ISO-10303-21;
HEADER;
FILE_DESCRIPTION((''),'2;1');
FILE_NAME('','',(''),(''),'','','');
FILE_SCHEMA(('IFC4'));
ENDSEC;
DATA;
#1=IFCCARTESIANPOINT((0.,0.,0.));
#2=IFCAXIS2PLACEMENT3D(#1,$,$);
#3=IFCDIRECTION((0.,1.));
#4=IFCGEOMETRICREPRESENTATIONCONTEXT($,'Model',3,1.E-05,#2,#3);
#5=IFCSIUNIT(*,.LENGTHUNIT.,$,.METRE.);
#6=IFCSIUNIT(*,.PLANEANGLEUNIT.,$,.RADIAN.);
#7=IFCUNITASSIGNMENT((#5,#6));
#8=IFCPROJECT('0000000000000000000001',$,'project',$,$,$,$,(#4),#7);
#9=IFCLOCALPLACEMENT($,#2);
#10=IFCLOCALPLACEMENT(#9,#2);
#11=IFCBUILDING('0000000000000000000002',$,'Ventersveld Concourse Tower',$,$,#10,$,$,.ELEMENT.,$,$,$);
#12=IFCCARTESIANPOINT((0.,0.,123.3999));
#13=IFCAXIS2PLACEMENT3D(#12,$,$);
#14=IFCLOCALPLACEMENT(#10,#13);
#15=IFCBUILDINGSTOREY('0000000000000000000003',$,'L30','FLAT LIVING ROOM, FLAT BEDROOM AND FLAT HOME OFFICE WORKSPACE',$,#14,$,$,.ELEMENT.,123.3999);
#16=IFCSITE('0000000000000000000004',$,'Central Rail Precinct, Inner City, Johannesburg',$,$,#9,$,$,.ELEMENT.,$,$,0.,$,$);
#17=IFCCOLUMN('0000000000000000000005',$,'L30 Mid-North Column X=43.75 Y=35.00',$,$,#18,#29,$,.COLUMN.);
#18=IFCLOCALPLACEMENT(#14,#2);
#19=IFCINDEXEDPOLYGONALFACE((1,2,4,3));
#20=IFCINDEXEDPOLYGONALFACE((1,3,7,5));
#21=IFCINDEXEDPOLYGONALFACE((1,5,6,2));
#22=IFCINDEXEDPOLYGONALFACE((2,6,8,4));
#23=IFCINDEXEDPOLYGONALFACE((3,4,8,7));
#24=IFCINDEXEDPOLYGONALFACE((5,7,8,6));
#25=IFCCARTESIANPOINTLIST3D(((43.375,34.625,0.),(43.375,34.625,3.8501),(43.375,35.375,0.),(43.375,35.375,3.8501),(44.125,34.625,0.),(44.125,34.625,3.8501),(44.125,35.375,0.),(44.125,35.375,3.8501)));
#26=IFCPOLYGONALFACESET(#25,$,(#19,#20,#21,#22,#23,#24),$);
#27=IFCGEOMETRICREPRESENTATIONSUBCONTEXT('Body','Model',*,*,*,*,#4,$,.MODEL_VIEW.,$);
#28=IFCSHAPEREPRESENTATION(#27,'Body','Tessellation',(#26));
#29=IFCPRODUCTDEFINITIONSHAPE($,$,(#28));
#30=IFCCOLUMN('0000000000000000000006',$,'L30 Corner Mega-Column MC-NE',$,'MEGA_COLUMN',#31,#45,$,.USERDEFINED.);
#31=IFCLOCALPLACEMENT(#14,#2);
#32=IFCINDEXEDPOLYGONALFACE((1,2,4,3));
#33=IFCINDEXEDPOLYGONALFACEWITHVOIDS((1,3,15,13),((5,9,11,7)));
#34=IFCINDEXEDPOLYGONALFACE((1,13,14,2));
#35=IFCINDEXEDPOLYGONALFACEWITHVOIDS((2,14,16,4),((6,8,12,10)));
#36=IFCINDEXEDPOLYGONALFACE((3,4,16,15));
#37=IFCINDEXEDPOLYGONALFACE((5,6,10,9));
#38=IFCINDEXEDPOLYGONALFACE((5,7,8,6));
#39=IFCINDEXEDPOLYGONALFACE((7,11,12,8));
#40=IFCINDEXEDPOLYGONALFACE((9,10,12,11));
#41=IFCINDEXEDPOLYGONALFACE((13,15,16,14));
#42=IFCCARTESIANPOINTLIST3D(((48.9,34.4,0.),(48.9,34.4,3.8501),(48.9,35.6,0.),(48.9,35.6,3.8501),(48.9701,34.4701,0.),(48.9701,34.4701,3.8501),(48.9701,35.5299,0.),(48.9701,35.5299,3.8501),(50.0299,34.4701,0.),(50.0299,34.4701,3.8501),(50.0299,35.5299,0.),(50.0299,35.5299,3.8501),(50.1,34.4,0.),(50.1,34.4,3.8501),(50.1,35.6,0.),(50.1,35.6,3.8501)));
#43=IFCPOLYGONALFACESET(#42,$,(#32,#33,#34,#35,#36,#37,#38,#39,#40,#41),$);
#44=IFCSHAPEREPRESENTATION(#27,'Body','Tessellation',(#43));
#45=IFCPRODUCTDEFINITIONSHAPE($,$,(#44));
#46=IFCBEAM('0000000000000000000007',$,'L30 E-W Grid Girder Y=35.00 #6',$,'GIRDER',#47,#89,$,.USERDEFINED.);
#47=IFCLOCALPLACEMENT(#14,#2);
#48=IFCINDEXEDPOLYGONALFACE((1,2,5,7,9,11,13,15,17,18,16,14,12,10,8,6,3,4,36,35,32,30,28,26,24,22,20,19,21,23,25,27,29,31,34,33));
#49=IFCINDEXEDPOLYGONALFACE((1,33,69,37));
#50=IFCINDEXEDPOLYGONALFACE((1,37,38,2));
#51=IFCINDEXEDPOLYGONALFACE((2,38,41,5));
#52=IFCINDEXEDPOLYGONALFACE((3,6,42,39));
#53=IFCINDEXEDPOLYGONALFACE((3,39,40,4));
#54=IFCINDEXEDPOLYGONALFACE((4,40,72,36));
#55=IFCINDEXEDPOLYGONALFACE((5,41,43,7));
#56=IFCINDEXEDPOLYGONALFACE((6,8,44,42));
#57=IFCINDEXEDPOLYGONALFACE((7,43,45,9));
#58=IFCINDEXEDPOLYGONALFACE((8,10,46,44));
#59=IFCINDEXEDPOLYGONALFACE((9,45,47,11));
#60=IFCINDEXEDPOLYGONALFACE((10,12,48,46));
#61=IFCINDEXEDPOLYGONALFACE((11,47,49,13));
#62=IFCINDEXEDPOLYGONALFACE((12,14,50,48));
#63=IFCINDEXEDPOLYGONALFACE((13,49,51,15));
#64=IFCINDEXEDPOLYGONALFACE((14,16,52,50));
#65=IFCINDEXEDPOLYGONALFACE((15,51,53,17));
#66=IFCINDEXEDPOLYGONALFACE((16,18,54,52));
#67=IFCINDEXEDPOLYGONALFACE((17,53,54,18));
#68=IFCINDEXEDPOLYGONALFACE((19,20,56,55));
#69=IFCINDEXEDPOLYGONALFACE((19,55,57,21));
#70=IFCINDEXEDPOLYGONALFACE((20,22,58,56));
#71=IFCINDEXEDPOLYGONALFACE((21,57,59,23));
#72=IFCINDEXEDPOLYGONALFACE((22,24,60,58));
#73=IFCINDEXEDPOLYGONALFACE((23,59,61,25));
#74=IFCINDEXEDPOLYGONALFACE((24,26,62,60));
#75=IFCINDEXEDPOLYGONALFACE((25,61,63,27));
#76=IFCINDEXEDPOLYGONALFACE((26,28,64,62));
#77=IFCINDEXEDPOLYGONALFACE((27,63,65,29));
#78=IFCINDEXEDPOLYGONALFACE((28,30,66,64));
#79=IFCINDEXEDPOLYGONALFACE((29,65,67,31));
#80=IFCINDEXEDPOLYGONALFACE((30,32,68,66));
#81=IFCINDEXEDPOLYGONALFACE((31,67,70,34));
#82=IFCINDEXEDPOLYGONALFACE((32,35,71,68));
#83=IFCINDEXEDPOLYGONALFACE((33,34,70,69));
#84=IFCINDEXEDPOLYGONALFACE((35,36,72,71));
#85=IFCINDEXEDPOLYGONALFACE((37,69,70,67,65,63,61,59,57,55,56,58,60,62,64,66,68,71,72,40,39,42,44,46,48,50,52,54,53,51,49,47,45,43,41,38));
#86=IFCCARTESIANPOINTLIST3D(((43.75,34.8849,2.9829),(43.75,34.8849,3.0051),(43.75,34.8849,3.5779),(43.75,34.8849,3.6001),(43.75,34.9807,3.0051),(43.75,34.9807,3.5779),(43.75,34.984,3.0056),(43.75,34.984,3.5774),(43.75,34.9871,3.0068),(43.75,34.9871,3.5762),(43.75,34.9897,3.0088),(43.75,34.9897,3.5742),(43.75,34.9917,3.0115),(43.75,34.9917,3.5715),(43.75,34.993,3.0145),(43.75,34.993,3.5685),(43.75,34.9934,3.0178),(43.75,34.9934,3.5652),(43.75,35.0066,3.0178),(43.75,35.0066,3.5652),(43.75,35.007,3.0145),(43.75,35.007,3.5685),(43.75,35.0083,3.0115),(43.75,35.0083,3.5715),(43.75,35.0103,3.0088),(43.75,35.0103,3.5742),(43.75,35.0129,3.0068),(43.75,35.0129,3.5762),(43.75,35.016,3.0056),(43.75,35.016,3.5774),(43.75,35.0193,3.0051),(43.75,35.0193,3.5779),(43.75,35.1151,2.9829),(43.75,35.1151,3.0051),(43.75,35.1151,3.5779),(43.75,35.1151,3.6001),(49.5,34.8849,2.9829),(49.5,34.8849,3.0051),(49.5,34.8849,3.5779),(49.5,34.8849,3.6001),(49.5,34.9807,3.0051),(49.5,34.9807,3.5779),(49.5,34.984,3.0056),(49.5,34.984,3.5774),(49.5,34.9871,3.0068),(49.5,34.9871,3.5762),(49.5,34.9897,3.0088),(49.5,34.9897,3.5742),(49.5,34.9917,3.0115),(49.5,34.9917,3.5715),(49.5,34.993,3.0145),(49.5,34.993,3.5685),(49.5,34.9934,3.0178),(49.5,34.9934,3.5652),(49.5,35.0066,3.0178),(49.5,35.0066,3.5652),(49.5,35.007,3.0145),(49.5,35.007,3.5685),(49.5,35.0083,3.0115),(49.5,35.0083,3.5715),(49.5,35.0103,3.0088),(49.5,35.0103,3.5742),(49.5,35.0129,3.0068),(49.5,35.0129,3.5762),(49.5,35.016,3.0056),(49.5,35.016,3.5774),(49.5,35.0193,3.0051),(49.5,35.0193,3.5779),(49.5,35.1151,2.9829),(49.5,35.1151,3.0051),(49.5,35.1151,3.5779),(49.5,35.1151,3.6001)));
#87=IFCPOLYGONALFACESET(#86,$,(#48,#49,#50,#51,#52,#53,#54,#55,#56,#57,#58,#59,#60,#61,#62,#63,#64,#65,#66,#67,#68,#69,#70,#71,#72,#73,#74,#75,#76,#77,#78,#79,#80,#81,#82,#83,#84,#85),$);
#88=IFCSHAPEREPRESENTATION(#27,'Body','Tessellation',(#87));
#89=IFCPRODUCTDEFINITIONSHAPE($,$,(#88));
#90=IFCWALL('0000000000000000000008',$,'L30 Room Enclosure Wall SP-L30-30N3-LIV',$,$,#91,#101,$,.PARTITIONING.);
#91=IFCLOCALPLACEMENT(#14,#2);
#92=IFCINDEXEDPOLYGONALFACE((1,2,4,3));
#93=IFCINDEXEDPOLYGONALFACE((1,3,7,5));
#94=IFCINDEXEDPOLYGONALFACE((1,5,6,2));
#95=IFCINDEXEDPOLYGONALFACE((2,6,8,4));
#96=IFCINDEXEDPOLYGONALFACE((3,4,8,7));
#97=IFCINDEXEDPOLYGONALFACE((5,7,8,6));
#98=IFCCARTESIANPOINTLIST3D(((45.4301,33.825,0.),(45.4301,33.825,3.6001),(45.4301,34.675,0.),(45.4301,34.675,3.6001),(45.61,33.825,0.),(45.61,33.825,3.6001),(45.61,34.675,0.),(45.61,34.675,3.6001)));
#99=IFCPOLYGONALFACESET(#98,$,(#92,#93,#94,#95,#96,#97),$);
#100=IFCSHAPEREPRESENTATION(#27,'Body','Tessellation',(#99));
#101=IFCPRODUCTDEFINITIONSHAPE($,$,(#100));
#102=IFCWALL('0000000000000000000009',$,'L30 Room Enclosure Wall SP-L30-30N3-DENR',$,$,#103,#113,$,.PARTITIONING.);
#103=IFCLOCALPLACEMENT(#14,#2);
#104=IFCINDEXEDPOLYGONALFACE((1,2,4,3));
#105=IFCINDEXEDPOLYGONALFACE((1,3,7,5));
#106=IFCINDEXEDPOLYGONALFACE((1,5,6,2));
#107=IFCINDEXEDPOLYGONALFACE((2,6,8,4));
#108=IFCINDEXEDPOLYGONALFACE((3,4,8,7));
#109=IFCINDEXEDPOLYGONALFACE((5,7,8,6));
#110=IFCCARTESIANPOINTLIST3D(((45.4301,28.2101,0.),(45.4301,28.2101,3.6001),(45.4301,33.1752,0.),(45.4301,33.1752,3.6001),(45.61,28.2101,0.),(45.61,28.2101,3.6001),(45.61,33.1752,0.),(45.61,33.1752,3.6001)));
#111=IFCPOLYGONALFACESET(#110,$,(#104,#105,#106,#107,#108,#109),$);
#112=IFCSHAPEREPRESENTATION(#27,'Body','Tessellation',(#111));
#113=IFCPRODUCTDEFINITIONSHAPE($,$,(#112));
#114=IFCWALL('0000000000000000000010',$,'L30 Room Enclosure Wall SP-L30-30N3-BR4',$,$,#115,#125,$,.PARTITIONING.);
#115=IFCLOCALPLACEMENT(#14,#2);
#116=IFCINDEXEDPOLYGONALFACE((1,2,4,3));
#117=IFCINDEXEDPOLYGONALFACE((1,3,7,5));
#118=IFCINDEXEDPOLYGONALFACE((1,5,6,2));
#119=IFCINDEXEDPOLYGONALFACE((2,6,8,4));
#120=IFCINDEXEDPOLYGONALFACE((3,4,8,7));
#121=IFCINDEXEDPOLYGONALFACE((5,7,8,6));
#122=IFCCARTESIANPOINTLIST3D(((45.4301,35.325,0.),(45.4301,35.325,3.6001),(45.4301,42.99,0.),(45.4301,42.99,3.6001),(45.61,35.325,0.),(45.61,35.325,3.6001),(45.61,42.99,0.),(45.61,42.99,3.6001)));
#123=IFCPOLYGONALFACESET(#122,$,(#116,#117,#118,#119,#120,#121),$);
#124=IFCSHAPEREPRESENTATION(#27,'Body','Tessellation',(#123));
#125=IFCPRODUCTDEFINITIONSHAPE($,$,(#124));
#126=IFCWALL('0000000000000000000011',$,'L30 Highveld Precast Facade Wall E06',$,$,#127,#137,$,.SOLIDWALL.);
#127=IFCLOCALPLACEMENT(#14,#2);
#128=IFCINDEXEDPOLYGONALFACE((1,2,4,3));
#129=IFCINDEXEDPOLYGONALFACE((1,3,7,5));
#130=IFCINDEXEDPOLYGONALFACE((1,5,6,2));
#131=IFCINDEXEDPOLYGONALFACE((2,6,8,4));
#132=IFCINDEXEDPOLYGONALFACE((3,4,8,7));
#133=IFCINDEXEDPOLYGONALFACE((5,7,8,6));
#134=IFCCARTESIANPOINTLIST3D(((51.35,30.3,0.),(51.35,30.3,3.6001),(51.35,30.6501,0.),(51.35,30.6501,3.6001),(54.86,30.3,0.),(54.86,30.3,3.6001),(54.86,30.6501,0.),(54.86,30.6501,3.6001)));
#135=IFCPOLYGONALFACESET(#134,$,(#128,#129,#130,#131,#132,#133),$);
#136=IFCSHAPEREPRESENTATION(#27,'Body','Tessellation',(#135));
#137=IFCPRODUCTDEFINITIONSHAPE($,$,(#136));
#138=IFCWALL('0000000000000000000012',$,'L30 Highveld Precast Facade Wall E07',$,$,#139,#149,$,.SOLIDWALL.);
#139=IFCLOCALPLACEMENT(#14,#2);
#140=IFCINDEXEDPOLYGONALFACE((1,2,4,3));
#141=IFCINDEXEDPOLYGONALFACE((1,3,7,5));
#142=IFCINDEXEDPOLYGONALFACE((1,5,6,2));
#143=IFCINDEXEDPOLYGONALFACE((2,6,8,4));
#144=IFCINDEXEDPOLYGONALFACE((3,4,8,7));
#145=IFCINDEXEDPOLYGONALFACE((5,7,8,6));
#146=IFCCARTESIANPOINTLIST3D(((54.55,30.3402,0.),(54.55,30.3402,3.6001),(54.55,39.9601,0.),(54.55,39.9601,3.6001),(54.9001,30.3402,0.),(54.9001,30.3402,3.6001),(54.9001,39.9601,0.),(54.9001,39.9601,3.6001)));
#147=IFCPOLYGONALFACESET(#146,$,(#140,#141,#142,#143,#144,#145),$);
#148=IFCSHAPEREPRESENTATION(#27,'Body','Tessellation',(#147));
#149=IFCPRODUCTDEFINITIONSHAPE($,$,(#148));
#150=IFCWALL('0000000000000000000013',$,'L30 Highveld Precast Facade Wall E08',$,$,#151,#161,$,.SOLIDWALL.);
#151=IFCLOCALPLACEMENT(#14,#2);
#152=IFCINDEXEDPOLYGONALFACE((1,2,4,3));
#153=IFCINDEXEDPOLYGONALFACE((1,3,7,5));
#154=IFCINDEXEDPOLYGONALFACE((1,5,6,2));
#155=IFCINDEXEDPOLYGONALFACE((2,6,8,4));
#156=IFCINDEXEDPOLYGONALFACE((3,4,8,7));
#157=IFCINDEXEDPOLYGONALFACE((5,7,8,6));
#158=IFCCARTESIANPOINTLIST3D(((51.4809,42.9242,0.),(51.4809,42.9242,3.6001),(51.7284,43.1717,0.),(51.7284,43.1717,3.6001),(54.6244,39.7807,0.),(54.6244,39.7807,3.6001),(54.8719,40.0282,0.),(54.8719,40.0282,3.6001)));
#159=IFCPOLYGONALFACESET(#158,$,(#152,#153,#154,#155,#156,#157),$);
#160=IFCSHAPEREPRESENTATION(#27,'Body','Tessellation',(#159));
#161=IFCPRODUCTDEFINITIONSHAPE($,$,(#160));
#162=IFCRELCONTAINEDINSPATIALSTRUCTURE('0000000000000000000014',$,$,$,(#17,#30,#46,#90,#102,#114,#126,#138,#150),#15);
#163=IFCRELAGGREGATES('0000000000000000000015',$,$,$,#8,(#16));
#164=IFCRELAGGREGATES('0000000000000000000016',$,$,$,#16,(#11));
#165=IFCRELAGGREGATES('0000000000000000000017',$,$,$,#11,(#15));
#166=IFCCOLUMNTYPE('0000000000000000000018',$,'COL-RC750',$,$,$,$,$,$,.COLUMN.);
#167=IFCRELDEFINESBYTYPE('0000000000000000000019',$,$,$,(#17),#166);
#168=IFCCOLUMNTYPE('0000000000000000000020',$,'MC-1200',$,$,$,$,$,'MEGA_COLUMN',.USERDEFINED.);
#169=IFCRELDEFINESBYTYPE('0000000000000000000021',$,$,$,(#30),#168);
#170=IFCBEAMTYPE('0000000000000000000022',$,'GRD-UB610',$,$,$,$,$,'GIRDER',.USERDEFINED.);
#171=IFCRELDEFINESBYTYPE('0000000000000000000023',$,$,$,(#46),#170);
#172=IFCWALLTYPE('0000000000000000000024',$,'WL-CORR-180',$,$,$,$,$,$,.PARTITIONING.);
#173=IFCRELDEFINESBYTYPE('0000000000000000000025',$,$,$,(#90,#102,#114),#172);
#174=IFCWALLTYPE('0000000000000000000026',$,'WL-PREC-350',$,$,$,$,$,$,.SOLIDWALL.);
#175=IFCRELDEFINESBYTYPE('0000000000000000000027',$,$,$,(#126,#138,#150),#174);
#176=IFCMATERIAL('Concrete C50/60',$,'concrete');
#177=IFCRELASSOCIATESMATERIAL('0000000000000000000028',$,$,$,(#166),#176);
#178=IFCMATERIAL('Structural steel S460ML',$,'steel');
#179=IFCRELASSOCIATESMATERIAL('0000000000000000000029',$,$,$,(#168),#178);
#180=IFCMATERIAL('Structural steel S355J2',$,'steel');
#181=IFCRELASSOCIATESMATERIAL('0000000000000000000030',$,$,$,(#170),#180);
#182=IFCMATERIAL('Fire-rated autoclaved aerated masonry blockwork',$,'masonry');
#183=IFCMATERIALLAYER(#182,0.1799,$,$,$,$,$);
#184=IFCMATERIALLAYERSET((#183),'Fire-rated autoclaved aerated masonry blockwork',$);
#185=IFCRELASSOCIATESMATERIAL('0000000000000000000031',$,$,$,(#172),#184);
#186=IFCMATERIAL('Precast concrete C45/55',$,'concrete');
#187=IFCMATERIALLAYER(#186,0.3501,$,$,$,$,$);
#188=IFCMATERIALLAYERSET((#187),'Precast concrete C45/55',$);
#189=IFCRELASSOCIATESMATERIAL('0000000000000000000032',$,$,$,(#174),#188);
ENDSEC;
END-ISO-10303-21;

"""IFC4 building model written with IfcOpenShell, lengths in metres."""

from ifc_helpers import new_model, si_unit, direction, frame, frame_2d, origin, origin_2d, place, context, subcontext, project, spatial, rectangle, hollow_rectangle, i_section, extrude, material, layer, layer_set, material_profile, profile_set, type_object, element, save


model = new_model("IFC4")

# Units and contexts
model_context = context("Model", 3, precision=1e-05, world=origin(), true_north=direction((0.0, 1.0)))
body_context = subcontext(model_context, "Body", "Model", "MODEL_VIEW")
ifc_project = project(units=[si_unit("LENGTHUNIT", "METRE"), si_unit("PLANEANGLEUNIT", "RADIAN")], contexts=[model_context])

# Site, building, storey
site_placement = place(None, origin())
site = spatial("IfcSite", under=ifc_project, at=site_placement, Name="Central Rail Precinct, Inner City, Johannesburg", CompositionType="ELEMENT", RefElevation=0.0)
building_placement = place(site_placement, origin())
building = spatial("IfcBuilding", under=site, at=building_placement, Name="Ventersveld Concourse Tower", CompositionType="ELEMENT")
storey_placement = place(building_placement, frame((0.0, 0.0, 123.3999)))
storey = spatial("IfcBuildingStorey", under=building, at=storey_placement, Name="L30", Description="FLAT LIVING ROOM, FLAT BEDROOM AND FLAT HOME OFFICE WORKSPACE", CompositionType="ELEMENT", Elevation=123.3999)

# Columns
ifc_material_1 = material(Name="Concrete C50/60", Category="concrete")
ifc_material_profile_1 = material_profile(ifc_material_1, rectangle(XDim=0.75, YDim=0.75, at=origin_2d()), Name="RC 750x750")
ifc_profile_set_1 = profile_set([ifc_material_profile_1], Name="Concrete C50/60")
column_type_1 = type_object("IfcColumnType", Name="COL-RC750", PredefinedType="COLUMN", material=ifc_profile_set_1)
column_1_placement = place(storey_placement, frame((43.75, 35.0, 0.0), z_axis=(0.0, 0.0, 1.0), x_axis=(1.0, 0.0, 0.0)))
element("IfcColumn", 1, at=column_1_placement, inside=storey, type_object=column_type_1, Name="L30 Mid-North Column X=43.75 Y=35.00", PredefinedType="COLUMN", context=body_context, shape_type="SweptSolid", body=[
    extrude(rectangle(XDim=0.75, YDim=0.75, at=origin_2d()), origin(), (0.0, 0.0, 1.0), 3.8501),
])
ifc_material_2 = material(Name="Structural steel S460ML", Category="steel")
ifc_material_profile_2 = material_profile(ifc_material_2, hollow_rectangle(XDim=1.2, YDim=1.2, WallThickness=0.0701, at=origin_2d()), Name="BOX 1200x1200x70")
ifc_profile_set_2 = profile_set([ifc_material_profile_2], Name="Structural steel S460ML")
column_type_2 = type_object("IfcColumnType", Name="MC-1200", ElementType="MEGA_COLUMN", PredefinedType="USERDEFINED", material=ifc_profile_set_2)
column_2_placement = place(storey_placement, frame((49.5, 35.0, 0.0), z_axis=(0.0, 0.0, 1.0), x_axis=(1.0, 0.0, 0.0)))
element("IfcColumn", 2, at=column_2_placement, inside=storey, type_object=column_type_2, Name="L30 Corner Mega-Column MC-NE", ObjectType="MEGA_COLUMN", PredefinedType="USERDEFINED", context=body_context, shape_type="SweptSolid", body=[
    extrude(hollow_rectangle(XDim=1.2, YDim=1.2, WallThickness=0.0701, at=origin_2d()), origin(), (0.0, 0.0, 1.0), 3.8501),
])

# Beam
ifc_material_3 = material(Name="Structural steel S355J2", Category="steel")
ifc_material_profile_3 = material_profile(ifc_material_3, i_section(OverallWidth=0.2302, OverallDepth=0.6172, WebThickness=0.0132, FlangeThickness=0.0222, FilletRadius=0.0127, at=origin_2d()), Name="UB 610x229x140")
ifc_profile_set_3 = profile_set([ifc_material_profile_3], Name="Structural steel S355J2")
beam_type = type_object("IfcBeamType", Name="GRD-UB610", ElementType="GIRDER", PredefinedType="USERDEFINED", material=ifc_profile_set_3)
beam_placement = place(storey_placement, frame((43.75, 35.0, 3.2915), z_axis=(1.0, 0.0, 0.0), x_axis=(0.0, 1.0, 0.0)))
element("IfcBeam", 3, at=beam_placement, inside=storey, type_object=beam_type, Name="L30 E-W Grid Girder Y=35.00 #6", ObjectType="GIRDER", PredefinedType="USERDEFINED", context=body_context, shape_type="SweptSolid", body=[
    extrude(i_section(OverallWidth=0.2302, OverallDepth=0.6172, WebThickness=0.0132, FlangeThickness=0.0222, FilletRadius=0.0127, at=origin_2d()), origin(), (0.0, 0.0, 1.0), 5.75),
])

# Walls
ifc_material_4 = material(Name="Fire-rated autoclaved aerated masonry blockwork", Category="masonry")
ifc_layer_1 = layer(ifc_material_4, 0.1799)
ifc_layer_set_1 = layer_set([ifc_layer_1], Name="Fire-rated autoclaved aerated masonry blockwork")
wall_type_1 = type_object("IfcWallType", Name="WL-CORR-180", PredefinedType="PARTITIONING", material=ifc_layer_set_1)
wall_1_placement = place(storey_placement, frame((45.52, 34.675, 0.0), z_axis=(0.0, 0.0, 1.0), x_axis=(0.0, -1.0, 0.0)))
element("IfcWall", 4, at=wall_1_placement, inside=storey, type_object=wall_type_1, Name="L30 Room Enclosure Wall SP-L30-30N3-LIV", PredefinedType="PARTITIONING", context=body_context, shape_type="SweptSolid", body=[
    extrude(rectangle(XDim=0.8501, YDim=0.1799, at=frame_2d((0.425, 0.0))), origin(), (0.0, 0.0, 1.0), 3.6001),
])
wall_2_placement = place(storey_placement, frame((45.52, 33.175, 0.0), z_axis=(0.0, 0.0, 1.0), x_axis=(0.0, -1.0, 0.0)))
element("IfcWall", 5, at=wall_2_placement, inside=storey, type_object=wall_type_1, Name="L30 Room Enclosure Wall SP-L30-30N3-DENR", PredefinedType="PARTITIONING", context=body_context, shape_type="SweptSolid", body=[
    extrude(rectangle(XDim=4.9651, YDim=0.1799, at=frame_2d((2.4824, 0.0))), origin(), (0.0, 0.0, 1.0), 3.6001),
])
wall_3_placement = place(storey_placement, frame((45.52, 42.99, 0.0), z_axis=(0.0, 0.0, 1.0), x_axis=(0.0, -1.0, 0.0)))
element("IfcWall", 6, at=wall_3_placement, inside=storey, type_object=wall_type_1, Name="L30 Room Enclosure Wall SP-L30-30N3-BR4", PredefinedType="PARTITIONING", context=body_context, shape_type="SweptSolid", body=[
    extrude(rectangle(XDim=7.665, YDim=0.1799, at=frame_2d((3.8325, 0.0))), origin(), (0.0, 0.0, 1.0), 3.6001),
])
ifc_material_5 = material(Name="Precast concrete C45/55", Category="concrete")
ifc_layer_2 = layer(ifc_material_5, 0.3501)
ifc_layer_set_2 = layer_set([ifc_layer_2], Name="Precast concrete C45/55")
wall_type_2 = type_object("IfcWallType", Name="WL-PREC-350", PredefinedType="SOLIDWALL", material=ifc_layer_set_2)
wall_4_placement = place(storey_placement, frame((51.3501, 30.4751, 0.0), z_axis=(0.0, 0.0, 1.0), x_axis=(1.0, 0.0, 0.0)))
element("IfcWall", 7, at=wall_4_placement, inside=storey, type_object=wall_type_2, Name="L30 Highveld Precast Facade Wall E06", PredefinedType="SOLIDWALL", context=body_context, shape_type="SweptSolid", body=[
    extrude(rectangle(XDim=3.51, YDim=0.3501, at=frame_2d((1.7549, 0.0))), origin(), (0.0, 0.0, 1.0), 3.6001),
])
wall_5_placement = place(storey_placement, frame((54.7251, 30.3401, 0.0), z_axis=(0.0, 0.0, 1.0), x_axis=(0.0, 1.0, 0.0)))
element("IfcWall", 8, at=wall_5_placement, inside=storey, type_object=wall_type_2, Name="L30 Highveld Precast Facade Wall E07", PredefinedType="SOLIDWALL", context=body_context, shape_type="SweptSolid", body=[
    extrude(rectangle(XDim=9.6199, YDim=0.3501, at=frame_2d((4.8101, 0.0))), origin(), (0.0, 0.0, 1.0), 3.6001),
])
wall_6_placement = place(storey_placement, frame((54.748, 39.9045, 0.0), z_axis=(0.0, 0.0, 1.0), x_axis=(-0.707107, 0.707107, 0.0)))
element("IfcWall", 9, at=wall_6_placement, inside=storey, type_object=wall_type_2, Name="L30 Highveld Precast Facade Wall E08", PredefinedType="SOLIDWALL", context=body_context, shape_type="SweptSolid", body=[
    extrude(rectangle(XDim=4.4456, YDim=0.3501, at=frame_2d((2.2227, 0.0))), origin(), (0.0, 0.0, 1.0), 3.6001),
])

save(model, "model.ifc")
